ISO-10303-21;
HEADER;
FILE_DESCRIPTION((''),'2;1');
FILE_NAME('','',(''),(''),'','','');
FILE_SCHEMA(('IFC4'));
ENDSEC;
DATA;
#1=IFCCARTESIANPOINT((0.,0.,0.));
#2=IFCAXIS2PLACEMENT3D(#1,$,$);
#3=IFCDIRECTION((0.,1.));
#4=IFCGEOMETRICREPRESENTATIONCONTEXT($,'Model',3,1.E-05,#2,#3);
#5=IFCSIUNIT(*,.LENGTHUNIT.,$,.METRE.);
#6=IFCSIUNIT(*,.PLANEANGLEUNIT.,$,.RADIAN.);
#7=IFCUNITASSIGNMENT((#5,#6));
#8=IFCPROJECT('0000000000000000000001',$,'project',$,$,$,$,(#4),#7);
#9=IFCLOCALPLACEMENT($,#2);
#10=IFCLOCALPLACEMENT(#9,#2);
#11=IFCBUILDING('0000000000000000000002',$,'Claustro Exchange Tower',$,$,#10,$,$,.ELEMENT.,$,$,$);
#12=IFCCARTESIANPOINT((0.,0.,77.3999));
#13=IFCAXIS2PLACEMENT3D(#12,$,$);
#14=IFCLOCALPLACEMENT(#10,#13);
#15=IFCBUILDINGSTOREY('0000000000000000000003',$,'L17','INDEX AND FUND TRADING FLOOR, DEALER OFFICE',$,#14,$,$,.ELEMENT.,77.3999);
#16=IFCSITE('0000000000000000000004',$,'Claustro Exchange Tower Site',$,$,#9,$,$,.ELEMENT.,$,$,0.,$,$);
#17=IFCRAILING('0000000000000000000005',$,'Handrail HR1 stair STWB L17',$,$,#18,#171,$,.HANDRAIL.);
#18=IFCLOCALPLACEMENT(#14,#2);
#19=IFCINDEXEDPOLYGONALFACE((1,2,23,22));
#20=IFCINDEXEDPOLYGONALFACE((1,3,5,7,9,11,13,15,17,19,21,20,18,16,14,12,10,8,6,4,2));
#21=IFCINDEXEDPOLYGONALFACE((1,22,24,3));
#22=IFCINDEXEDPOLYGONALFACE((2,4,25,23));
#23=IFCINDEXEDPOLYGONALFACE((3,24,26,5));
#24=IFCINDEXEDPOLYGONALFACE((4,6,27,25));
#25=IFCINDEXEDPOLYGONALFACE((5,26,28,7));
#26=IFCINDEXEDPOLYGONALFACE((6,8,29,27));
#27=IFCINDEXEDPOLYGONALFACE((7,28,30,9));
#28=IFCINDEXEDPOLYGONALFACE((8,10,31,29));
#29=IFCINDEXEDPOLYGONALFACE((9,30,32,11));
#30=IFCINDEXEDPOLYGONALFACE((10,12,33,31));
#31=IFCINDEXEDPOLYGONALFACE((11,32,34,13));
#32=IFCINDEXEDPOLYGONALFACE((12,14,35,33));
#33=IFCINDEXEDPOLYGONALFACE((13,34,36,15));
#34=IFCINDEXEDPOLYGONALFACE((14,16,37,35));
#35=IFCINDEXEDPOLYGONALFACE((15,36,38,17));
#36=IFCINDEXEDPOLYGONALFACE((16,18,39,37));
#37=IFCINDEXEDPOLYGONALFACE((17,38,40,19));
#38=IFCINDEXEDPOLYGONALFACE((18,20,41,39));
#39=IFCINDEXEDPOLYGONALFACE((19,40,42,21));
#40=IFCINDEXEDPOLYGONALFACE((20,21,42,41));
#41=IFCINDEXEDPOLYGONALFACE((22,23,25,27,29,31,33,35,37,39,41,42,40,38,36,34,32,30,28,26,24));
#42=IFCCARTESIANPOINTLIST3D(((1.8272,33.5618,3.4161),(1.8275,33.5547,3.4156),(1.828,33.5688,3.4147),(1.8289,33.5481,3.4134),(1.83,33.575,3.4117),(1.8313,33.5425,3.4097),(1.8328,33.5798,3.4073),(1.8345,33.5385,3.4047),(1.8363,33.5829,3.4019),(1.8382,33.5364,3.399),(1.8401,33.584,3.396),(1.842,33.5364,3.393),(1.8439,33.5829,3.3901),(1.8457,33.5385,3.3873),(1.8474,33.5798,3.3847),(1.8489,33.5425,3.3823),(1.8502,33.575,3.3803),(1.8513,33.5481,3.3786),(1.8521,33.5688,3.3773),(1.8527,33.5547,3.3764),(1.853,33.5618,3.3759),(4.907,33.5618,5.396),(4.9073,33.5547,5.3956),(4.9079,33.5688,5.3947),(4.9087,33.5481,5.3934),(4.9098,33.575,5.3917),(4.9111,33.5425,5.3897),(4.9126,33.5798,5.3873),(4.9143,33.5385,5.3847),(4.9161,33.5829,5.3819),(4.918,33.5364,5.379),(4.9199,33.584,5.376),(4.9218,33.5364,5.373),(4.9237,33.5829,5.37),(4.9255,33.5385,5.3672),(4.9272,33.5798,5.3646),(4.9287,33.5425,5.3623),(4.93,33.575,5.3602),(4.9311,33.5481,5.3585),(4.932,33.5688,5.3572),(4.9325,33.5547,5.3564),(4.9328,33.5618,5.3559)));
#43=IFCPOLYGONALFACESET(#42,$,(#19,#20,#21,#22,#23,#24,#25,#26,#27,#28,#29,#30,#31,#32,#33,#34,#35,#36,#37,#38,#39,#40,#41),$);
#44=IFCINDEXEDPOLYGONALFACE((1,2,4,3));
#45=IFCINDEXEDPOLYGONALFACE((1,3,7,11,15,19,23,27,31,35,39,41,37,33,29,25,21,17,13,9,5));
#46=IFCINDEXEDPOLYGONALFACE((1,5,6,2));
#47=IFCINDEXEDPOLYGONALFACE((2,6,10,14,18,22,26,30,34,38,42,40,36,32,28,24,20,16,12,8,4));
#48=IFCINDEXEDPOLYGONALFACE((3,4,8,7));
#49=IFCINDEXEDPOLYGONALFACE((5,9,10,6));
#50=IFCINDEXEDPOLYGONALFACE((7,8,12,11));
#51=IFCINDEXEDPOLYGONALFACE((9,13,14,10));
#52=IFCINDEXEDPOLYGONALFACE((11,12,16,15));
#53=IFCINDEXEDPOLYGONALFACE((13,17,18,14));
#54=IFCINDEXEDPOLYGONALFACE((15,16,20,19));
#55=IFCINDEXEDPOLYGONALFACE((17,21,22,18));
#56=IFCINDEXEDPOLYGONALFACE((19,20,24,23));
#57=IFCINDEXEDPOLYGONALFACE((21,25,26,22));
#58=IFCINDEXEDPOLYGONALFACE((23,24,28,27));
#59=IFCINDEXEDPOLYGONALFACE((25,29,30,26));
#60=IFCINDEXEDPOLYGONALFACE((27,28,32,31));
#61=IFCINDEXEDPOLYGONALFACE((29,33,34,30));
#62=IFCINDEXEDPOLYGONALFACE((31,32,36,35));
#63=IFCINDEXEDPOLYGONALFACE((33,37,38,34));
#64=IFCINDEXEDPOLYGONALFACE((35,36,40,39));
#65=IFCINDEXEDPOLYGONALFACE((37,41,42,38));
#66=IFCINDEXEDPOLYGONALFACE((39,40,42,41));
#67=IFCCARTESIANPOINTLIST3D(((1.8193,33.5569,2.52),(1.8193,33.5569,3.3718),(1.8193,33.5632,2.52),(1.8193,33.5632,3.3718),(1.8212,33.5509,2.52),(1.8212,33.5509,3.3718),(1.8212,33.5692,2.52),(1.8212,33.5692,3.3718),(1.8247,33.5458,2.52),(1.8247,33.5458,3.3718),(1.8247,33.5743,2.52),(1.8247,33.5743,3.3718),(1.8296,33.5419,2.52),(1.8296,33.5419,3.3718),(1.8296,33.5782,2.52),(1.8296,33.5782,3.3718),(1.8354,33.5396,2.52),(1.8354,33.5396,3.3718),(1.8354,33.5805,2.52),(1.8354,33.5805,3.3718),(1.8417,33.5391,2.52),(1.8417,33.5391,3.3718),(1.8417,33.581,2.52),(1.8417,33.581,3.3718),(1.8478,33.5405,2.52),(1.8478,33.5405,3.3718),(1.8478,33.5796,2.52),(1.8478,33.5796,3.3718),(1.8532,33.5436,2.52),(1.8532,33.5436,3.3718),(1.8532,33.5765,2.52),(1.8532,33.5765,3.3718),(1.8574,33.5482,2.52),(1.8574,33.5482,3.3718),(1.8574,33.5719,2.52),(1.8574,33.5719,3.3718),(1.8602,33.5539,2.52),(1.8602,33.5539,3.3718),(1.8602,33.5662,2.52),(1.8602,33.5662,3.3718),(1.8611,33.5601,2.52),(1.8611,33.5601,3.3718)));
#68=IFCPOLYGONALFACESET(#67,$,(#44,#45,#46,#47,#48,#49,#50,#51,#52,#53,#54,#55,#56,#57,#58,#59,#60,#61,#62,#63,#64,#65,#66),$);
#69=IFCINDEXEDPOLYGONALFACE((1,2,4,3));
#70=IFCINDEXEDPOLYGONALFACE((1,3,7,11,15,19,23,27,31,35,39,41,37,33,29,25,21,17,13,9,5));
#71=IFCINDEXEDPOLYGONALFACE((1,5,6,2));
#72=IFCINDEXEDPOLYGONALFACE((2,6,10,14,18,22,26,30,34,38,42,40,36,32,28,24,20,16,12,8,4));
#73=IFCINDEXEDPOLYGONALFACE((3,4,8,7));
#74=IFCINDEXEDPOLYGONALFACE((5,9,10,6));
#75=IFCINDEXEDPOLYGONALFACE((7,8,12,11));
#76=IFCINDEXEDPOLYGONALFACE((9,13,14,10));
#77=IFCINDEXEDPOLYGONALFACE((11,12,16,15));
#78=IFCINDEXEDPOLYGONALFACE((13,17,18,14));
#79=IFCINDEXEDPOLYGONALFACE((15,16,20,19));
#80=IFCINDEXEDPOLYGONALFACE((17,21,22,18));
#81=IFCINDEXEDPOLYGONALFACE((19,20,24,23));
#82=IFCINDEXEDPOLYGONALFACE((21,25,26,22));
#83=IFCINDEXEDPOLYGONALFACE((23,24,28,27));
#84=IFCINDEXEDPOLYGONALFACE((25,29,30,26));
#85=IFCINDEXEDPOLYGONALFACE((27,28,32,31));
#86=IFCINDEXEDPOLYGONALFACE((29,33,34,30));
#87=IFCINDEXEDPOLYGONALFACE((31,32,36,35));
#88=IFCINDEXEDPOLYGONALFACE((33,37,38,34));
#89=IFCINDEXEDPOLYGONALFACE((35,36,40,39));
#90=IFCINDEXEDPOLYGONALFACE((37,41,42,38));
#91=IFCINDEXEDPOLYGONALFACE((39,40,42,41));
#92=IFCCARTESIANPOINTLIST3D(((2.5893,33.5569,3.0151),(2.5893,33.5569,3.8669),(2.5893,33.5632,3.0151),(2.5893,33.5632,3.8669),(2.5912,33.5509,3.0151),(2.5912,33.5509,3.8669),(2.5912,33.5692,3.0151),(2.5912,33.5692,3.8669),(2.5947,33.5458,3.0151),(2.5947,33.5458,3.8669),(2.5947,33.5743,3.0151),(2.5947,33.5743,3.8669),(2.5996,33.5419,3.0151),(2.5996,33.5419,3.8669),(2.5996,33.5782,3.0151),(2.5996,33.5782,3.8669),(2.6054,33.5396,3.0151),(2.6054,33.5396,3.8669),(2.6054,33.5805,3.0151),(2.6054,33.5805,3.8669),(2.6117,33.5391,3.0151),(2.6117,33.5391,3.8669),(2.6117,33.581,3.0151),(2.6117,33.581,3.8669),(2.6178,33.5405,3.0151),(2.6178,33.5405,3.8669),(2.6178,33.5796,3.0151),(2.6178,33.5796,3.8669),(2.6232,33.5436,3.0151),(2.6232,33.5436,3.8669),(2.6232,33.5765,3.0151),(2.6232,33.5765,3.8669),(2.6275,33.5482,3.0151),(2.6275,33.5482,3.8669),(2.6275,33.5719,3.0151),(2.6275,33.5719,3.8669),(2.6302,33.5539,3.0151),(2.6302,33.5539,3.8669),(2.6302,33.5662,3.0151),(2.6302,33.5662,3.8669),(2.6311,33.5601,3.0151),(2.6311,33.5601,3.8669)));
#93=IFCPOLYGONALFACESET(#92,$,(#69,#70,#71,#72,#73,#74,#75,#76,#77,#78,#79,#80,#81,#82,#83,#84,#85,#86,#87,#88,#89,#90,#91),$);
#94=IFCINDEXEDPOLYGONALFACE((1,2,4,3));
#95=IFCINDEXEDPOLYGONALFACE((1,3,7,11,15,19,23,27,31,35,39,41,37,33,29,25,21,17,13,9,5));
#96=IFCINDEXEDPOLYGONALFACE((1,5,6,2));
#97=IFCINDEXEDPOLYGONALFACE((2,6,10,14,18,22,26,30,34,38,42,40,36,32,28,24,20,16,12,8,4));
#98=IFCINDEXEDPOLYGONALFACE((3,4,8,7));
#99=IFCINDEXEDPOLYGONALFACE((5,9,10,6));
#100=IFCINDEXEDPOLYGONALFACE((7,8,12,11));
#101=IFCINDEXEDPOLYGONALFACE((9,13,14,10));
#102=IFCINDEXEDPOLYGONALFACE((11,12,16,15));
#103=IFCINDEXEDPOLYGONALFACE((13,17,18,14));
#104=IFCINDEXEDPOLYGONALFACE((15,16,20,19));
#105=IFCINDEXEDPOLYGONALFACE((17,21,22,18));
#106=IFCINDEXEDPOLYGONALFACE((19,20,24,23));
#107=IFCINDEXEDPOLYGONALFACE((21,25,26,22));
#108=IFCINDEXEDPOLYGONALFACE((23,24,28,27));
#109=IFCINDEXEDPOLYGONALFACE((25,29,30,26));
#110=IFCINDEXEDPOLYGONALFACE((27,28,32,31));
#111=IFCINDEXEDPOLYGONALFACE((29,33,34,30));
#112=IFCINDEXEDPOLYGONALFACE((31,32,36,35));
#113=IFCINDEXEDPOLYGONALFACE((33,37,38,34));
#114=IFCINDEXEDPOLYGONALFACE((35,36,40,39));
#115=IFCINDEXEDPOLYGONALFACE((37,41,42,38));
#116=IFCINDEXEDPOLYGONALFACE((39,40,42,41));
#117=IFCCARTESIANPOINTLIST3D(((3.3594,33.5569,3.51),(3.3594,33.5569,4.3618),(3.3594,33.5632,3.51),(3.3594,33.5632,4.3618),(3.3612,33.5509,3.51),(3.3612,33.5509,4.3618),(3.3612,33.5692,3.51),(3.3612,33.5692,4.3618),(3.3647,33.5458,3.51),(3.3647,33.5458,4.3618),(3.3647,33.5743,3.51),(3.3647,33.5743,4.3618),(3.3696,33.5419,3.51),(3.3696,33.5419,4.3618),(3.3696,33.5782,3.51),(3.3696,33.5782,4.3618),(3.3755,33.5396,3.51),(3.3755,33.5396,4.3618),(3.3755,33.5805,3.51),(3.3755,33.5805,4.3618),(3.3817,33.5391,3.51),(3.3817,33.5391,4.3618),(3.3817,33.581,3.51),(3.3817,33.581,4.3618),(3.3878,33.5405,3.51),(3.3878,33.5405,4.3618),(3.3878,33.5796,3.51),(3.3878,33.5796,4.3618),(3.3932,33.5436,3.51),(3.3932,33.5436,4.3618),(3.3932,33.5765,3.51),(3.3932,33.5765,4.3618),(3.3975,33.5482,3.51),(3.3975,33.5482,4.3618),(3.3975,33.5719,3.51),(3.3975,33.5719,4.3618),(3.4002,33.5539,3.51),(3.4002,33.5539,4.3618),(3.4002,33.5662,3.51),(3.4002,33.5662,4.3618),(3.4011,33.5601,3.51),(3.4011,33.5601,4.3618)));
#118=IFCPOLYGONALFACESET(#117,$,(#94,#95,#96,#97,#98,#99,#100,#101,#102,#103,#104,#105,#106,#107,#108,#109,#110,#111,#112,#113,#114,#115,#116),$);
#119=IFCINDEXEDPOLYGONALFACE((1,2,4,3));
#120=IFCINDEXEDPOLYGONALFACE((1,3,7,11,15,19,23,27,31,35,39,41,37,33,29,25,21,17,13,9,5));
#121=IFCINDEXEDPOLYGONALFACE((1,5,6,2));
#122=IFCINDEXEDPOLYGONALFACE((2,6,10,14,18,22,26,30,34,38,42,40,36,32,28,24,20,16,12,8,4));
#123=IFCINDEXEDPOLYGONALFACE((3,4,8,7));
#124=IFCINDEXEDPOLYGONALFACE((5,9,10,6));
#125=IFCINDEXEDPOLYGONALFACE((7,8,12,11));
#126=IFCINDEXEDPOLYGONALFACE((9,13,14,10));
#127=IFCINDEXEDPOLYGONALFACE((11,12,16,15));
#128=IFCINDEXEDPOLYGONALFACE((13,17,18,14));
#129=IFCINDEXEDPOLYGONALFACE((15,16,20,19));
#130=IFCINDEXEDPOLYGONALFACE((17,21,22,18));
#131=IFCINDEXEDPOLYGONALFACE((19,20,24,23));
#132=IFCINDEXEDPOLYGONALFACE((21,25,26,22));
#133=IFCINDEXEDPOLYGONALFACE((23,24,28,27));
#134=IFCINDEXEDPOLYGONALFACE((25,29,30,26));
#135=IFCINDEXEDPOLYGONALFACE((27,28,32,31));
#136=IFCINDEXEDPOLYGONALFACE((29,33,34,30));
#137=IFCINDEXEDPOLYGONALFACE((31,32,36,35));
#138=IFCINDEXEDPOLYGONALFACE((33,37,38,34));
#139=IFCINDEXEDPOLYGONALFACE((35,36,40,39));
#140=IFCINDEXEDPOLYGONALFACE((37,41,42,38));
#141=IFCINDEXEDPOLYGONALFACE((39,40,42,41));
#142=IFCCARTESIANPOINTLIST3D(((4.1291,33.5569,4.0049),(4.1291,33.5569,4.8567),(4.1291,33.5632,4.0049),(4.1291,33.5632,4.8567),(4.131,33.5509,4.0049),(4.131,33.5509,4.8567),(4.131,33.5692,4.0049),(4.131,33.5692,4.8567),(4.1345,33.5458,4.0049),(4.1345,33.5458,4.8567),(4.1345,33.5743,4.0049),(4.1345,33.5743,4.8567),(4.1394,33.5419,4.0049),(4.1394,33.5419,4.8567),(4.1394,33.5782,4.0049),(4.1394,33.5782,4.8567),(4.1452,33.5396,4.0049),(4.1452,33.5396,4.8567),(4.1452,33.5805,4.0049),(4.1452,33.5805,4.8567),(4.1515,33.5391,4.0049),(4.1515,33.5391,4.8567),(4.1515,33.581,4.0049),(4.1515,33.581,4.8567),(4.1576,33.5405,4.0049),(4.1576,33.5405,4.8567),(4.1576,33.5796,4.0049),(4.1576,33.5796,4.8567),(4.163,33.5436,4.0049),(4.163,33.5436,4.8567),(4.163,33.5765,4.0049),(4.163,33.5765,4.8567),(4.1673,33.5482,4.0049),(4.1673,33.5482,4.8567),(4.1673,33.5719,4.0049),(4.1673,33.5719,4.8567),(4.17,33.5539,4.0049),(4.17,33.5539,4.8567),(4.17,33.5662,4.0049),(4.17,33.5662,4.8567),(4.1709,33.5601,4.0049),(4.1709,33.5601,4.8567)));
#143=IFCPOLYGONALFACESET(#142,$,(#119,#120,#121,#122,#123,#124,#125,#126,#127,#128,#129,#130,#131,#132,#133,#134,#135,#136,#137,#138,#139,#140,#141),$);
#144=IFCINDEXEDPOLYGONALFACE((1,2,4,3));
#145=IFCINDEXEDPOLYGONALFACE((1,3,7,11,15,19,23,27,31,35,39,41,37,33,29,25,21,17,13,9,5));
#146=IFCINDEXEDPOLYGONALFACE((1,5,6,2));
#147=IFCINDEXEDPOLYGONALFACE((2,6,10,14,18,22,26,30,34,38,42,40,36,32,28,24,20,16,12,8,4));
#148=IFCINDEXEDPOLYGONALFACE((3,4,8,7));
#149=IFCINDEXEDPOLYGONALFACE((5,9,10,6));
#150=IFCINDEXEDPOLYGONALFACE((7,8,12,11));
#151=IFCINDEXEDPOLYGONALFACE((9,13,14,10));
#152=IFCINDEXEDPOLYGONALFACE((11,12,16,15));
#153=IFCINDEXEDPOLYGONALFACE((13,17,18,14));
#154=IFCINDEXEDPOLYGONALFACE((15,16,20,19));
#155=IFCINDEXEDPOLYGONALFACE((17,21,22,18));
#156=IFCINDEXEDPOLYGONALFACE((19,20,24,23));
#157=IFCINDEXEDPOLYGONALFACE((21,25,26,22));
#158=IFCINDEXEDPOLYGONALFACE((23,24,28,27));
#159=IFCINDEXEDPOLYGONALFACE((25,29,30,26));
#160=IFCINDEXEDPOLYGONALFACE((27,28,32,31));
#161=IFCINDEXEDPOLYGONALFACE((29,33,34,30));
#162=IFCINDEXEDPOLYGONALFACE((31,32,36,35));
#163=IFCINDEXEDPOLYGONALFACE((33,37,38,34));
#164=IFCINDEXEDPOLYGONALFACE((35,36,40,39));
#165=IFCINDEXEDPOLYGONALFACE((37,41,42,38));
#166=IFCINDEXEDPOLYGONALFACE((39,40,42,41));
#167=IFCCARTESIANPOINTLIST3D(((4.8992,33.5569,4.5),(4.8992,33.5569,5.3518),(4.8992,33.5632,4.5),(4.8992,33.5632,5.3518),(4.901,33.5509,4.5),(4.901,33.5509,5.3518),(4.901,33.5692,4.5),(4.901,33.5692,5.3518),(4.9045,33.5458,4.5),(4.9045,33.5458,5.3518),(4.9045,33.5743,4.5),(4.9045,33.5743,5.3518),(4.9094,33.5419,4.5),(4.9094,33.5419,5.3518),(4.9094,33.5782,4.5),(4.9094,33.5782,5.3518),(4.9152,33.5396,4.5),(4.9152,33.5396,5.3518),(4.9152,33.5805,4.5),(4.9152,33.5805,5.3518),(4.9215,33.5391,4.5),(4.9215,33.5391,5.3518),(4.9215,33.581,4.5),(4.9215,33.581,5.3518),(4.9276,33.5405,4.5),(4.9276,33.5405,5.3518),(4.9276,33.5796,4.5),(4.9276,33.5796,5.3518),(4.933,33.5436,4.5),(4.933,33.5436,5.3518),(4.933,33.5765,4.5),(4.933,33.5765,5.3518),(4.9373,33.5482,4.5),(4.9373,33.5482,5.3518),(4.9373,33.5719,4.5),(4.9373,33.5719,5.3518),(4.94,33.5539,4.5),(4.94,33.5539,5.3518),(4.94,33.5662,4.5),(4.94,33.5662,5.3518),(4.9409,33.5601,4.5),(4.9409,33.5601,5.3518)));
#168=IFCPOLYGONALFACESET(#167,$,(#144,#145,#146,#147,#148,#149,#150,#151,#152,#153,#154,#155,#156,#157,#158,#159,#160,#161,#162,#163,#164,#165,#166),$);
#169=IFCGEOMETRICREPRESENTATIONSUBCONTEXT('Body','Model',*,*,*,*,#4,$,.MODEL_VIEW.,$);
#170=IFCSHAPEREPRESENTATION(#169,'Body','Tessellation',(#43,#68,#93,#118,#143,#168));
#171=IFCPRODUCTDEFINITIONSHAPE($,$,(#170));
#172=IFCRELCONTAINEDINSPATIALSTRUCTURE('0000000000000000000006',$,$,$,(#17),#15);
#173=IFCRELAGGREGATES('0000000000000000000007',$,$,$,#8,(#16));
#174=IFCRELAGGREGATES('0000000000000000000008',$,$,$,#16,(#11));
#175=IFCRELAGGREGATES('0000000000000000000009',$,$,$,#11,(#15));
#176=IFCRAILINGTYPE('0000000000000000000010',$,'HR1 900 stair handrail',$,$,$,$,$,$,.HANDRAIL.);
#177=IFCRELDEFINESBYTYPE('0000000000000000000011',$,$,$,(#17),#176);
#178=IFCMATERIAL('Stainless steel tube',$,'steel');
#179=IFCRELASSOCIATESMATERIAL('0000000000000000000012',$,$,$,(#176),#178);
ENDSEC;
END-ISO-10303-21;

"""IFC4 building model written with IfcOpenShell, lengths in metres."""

from ifc_helpers import new_model, si_unit, direction, frame, origin, origin_2d, place, context, subcontext, project, spatial, circle, extrude, material, type_object, element, save


model = new_model("IFC4")

# Units and contexts
model_context = context("Model", 3, precision=1e-05, world=origin(), true_north=direction((0.0, 1.0)))
body_context = subcontext(model_context, "Body", "Model", "MODEL_VIEW")
ifc_project = project(units=[si_unit("LENGTHUNIT", "METRE"), si_unit("PLANEANGLEUNIT", "RADIAN")], contexts=[model_context])

# Site, building, storey
site_placement = place(None, origin())
site = spatial("IfcSite", under=ifc_project, at=site_placement, Name="Claustro Exchange Tower Site", CompositionType="ELEMENT", RefElevation=0.0)
building_placement = place(site_placement, origin())
building = spatial("IfcBuilding", under=site, at=building_placement, Name="Claustro Exchange Tower", CompositionType="ELEMENT")
storey_placement = place(building_placement, frame((0.0, 0.0, 77.3999)))
storey = spatial("IfcBuildingStorey", under=building, at=storey_placement, Name="L17", Description="INDEX AND FUND TRADING FLOOR, DEALER OFFICE", CompositionType="ELEMENT", Elevation=77.3999)

# Railing
ifc_material_1 = material(Name="Stainless steel tube", Category="steel")
railing_type_1 = type_object("IfcRailingType", Name="HR1 900 stair handrail", PredefinedType="HANDRAIL", material=ifc_material_1)
railing_1_placement = place(storey_placement, frame((1.8401, 33.5601, 2.52)))
element("IfcRailing", 1, at=railing_1_placement, inside=storey, type_object=railing_type_1, Name="Handrail HR1 stair STWB L17", PredefinedType="HANDRAIL", context=body_context, shape_type="SweptSolid", body=[
    extrude(circle(Radius=0.0239, at=origin_2d()), frame((0.0, 0.0, 0.876), z_axis=(0.841168, 0.0, 0.540774), x_axis=(0.0, 1.0, 0.0)), (0.0, 0.0, 1.0), 3.6614),
    extrude(circle(Radius=0.021, at=origin_2d()), origin(), (0.0, 0.0, 1.0), 0.8518),
    extrude(circle(Radius=0.021, at=origin_2d()), frame((0.77, 0.0, 0.4951)), (0.0, 0.0, 1.0), 0.8518),
    extrude(circle(Radius=0.021, at=origin_2d()), frame((1.54, 0.0, 0.99)), (0.0, 0.0, 1.0), 0.8518),
    extrude(circle(Radius=0.021, at=origin_2d()), frame((2.3098, 0.0, 1.4849)), (0.0, 0.0, 1.0), 0.8518),
    extrude(circle(Radius=0.021, at=origin_2d()), frame((3.0798, 0.0, 1.98)), (0.0, 0.0, 1.0), 0.8518),
])

save(model, "model.ifc")
